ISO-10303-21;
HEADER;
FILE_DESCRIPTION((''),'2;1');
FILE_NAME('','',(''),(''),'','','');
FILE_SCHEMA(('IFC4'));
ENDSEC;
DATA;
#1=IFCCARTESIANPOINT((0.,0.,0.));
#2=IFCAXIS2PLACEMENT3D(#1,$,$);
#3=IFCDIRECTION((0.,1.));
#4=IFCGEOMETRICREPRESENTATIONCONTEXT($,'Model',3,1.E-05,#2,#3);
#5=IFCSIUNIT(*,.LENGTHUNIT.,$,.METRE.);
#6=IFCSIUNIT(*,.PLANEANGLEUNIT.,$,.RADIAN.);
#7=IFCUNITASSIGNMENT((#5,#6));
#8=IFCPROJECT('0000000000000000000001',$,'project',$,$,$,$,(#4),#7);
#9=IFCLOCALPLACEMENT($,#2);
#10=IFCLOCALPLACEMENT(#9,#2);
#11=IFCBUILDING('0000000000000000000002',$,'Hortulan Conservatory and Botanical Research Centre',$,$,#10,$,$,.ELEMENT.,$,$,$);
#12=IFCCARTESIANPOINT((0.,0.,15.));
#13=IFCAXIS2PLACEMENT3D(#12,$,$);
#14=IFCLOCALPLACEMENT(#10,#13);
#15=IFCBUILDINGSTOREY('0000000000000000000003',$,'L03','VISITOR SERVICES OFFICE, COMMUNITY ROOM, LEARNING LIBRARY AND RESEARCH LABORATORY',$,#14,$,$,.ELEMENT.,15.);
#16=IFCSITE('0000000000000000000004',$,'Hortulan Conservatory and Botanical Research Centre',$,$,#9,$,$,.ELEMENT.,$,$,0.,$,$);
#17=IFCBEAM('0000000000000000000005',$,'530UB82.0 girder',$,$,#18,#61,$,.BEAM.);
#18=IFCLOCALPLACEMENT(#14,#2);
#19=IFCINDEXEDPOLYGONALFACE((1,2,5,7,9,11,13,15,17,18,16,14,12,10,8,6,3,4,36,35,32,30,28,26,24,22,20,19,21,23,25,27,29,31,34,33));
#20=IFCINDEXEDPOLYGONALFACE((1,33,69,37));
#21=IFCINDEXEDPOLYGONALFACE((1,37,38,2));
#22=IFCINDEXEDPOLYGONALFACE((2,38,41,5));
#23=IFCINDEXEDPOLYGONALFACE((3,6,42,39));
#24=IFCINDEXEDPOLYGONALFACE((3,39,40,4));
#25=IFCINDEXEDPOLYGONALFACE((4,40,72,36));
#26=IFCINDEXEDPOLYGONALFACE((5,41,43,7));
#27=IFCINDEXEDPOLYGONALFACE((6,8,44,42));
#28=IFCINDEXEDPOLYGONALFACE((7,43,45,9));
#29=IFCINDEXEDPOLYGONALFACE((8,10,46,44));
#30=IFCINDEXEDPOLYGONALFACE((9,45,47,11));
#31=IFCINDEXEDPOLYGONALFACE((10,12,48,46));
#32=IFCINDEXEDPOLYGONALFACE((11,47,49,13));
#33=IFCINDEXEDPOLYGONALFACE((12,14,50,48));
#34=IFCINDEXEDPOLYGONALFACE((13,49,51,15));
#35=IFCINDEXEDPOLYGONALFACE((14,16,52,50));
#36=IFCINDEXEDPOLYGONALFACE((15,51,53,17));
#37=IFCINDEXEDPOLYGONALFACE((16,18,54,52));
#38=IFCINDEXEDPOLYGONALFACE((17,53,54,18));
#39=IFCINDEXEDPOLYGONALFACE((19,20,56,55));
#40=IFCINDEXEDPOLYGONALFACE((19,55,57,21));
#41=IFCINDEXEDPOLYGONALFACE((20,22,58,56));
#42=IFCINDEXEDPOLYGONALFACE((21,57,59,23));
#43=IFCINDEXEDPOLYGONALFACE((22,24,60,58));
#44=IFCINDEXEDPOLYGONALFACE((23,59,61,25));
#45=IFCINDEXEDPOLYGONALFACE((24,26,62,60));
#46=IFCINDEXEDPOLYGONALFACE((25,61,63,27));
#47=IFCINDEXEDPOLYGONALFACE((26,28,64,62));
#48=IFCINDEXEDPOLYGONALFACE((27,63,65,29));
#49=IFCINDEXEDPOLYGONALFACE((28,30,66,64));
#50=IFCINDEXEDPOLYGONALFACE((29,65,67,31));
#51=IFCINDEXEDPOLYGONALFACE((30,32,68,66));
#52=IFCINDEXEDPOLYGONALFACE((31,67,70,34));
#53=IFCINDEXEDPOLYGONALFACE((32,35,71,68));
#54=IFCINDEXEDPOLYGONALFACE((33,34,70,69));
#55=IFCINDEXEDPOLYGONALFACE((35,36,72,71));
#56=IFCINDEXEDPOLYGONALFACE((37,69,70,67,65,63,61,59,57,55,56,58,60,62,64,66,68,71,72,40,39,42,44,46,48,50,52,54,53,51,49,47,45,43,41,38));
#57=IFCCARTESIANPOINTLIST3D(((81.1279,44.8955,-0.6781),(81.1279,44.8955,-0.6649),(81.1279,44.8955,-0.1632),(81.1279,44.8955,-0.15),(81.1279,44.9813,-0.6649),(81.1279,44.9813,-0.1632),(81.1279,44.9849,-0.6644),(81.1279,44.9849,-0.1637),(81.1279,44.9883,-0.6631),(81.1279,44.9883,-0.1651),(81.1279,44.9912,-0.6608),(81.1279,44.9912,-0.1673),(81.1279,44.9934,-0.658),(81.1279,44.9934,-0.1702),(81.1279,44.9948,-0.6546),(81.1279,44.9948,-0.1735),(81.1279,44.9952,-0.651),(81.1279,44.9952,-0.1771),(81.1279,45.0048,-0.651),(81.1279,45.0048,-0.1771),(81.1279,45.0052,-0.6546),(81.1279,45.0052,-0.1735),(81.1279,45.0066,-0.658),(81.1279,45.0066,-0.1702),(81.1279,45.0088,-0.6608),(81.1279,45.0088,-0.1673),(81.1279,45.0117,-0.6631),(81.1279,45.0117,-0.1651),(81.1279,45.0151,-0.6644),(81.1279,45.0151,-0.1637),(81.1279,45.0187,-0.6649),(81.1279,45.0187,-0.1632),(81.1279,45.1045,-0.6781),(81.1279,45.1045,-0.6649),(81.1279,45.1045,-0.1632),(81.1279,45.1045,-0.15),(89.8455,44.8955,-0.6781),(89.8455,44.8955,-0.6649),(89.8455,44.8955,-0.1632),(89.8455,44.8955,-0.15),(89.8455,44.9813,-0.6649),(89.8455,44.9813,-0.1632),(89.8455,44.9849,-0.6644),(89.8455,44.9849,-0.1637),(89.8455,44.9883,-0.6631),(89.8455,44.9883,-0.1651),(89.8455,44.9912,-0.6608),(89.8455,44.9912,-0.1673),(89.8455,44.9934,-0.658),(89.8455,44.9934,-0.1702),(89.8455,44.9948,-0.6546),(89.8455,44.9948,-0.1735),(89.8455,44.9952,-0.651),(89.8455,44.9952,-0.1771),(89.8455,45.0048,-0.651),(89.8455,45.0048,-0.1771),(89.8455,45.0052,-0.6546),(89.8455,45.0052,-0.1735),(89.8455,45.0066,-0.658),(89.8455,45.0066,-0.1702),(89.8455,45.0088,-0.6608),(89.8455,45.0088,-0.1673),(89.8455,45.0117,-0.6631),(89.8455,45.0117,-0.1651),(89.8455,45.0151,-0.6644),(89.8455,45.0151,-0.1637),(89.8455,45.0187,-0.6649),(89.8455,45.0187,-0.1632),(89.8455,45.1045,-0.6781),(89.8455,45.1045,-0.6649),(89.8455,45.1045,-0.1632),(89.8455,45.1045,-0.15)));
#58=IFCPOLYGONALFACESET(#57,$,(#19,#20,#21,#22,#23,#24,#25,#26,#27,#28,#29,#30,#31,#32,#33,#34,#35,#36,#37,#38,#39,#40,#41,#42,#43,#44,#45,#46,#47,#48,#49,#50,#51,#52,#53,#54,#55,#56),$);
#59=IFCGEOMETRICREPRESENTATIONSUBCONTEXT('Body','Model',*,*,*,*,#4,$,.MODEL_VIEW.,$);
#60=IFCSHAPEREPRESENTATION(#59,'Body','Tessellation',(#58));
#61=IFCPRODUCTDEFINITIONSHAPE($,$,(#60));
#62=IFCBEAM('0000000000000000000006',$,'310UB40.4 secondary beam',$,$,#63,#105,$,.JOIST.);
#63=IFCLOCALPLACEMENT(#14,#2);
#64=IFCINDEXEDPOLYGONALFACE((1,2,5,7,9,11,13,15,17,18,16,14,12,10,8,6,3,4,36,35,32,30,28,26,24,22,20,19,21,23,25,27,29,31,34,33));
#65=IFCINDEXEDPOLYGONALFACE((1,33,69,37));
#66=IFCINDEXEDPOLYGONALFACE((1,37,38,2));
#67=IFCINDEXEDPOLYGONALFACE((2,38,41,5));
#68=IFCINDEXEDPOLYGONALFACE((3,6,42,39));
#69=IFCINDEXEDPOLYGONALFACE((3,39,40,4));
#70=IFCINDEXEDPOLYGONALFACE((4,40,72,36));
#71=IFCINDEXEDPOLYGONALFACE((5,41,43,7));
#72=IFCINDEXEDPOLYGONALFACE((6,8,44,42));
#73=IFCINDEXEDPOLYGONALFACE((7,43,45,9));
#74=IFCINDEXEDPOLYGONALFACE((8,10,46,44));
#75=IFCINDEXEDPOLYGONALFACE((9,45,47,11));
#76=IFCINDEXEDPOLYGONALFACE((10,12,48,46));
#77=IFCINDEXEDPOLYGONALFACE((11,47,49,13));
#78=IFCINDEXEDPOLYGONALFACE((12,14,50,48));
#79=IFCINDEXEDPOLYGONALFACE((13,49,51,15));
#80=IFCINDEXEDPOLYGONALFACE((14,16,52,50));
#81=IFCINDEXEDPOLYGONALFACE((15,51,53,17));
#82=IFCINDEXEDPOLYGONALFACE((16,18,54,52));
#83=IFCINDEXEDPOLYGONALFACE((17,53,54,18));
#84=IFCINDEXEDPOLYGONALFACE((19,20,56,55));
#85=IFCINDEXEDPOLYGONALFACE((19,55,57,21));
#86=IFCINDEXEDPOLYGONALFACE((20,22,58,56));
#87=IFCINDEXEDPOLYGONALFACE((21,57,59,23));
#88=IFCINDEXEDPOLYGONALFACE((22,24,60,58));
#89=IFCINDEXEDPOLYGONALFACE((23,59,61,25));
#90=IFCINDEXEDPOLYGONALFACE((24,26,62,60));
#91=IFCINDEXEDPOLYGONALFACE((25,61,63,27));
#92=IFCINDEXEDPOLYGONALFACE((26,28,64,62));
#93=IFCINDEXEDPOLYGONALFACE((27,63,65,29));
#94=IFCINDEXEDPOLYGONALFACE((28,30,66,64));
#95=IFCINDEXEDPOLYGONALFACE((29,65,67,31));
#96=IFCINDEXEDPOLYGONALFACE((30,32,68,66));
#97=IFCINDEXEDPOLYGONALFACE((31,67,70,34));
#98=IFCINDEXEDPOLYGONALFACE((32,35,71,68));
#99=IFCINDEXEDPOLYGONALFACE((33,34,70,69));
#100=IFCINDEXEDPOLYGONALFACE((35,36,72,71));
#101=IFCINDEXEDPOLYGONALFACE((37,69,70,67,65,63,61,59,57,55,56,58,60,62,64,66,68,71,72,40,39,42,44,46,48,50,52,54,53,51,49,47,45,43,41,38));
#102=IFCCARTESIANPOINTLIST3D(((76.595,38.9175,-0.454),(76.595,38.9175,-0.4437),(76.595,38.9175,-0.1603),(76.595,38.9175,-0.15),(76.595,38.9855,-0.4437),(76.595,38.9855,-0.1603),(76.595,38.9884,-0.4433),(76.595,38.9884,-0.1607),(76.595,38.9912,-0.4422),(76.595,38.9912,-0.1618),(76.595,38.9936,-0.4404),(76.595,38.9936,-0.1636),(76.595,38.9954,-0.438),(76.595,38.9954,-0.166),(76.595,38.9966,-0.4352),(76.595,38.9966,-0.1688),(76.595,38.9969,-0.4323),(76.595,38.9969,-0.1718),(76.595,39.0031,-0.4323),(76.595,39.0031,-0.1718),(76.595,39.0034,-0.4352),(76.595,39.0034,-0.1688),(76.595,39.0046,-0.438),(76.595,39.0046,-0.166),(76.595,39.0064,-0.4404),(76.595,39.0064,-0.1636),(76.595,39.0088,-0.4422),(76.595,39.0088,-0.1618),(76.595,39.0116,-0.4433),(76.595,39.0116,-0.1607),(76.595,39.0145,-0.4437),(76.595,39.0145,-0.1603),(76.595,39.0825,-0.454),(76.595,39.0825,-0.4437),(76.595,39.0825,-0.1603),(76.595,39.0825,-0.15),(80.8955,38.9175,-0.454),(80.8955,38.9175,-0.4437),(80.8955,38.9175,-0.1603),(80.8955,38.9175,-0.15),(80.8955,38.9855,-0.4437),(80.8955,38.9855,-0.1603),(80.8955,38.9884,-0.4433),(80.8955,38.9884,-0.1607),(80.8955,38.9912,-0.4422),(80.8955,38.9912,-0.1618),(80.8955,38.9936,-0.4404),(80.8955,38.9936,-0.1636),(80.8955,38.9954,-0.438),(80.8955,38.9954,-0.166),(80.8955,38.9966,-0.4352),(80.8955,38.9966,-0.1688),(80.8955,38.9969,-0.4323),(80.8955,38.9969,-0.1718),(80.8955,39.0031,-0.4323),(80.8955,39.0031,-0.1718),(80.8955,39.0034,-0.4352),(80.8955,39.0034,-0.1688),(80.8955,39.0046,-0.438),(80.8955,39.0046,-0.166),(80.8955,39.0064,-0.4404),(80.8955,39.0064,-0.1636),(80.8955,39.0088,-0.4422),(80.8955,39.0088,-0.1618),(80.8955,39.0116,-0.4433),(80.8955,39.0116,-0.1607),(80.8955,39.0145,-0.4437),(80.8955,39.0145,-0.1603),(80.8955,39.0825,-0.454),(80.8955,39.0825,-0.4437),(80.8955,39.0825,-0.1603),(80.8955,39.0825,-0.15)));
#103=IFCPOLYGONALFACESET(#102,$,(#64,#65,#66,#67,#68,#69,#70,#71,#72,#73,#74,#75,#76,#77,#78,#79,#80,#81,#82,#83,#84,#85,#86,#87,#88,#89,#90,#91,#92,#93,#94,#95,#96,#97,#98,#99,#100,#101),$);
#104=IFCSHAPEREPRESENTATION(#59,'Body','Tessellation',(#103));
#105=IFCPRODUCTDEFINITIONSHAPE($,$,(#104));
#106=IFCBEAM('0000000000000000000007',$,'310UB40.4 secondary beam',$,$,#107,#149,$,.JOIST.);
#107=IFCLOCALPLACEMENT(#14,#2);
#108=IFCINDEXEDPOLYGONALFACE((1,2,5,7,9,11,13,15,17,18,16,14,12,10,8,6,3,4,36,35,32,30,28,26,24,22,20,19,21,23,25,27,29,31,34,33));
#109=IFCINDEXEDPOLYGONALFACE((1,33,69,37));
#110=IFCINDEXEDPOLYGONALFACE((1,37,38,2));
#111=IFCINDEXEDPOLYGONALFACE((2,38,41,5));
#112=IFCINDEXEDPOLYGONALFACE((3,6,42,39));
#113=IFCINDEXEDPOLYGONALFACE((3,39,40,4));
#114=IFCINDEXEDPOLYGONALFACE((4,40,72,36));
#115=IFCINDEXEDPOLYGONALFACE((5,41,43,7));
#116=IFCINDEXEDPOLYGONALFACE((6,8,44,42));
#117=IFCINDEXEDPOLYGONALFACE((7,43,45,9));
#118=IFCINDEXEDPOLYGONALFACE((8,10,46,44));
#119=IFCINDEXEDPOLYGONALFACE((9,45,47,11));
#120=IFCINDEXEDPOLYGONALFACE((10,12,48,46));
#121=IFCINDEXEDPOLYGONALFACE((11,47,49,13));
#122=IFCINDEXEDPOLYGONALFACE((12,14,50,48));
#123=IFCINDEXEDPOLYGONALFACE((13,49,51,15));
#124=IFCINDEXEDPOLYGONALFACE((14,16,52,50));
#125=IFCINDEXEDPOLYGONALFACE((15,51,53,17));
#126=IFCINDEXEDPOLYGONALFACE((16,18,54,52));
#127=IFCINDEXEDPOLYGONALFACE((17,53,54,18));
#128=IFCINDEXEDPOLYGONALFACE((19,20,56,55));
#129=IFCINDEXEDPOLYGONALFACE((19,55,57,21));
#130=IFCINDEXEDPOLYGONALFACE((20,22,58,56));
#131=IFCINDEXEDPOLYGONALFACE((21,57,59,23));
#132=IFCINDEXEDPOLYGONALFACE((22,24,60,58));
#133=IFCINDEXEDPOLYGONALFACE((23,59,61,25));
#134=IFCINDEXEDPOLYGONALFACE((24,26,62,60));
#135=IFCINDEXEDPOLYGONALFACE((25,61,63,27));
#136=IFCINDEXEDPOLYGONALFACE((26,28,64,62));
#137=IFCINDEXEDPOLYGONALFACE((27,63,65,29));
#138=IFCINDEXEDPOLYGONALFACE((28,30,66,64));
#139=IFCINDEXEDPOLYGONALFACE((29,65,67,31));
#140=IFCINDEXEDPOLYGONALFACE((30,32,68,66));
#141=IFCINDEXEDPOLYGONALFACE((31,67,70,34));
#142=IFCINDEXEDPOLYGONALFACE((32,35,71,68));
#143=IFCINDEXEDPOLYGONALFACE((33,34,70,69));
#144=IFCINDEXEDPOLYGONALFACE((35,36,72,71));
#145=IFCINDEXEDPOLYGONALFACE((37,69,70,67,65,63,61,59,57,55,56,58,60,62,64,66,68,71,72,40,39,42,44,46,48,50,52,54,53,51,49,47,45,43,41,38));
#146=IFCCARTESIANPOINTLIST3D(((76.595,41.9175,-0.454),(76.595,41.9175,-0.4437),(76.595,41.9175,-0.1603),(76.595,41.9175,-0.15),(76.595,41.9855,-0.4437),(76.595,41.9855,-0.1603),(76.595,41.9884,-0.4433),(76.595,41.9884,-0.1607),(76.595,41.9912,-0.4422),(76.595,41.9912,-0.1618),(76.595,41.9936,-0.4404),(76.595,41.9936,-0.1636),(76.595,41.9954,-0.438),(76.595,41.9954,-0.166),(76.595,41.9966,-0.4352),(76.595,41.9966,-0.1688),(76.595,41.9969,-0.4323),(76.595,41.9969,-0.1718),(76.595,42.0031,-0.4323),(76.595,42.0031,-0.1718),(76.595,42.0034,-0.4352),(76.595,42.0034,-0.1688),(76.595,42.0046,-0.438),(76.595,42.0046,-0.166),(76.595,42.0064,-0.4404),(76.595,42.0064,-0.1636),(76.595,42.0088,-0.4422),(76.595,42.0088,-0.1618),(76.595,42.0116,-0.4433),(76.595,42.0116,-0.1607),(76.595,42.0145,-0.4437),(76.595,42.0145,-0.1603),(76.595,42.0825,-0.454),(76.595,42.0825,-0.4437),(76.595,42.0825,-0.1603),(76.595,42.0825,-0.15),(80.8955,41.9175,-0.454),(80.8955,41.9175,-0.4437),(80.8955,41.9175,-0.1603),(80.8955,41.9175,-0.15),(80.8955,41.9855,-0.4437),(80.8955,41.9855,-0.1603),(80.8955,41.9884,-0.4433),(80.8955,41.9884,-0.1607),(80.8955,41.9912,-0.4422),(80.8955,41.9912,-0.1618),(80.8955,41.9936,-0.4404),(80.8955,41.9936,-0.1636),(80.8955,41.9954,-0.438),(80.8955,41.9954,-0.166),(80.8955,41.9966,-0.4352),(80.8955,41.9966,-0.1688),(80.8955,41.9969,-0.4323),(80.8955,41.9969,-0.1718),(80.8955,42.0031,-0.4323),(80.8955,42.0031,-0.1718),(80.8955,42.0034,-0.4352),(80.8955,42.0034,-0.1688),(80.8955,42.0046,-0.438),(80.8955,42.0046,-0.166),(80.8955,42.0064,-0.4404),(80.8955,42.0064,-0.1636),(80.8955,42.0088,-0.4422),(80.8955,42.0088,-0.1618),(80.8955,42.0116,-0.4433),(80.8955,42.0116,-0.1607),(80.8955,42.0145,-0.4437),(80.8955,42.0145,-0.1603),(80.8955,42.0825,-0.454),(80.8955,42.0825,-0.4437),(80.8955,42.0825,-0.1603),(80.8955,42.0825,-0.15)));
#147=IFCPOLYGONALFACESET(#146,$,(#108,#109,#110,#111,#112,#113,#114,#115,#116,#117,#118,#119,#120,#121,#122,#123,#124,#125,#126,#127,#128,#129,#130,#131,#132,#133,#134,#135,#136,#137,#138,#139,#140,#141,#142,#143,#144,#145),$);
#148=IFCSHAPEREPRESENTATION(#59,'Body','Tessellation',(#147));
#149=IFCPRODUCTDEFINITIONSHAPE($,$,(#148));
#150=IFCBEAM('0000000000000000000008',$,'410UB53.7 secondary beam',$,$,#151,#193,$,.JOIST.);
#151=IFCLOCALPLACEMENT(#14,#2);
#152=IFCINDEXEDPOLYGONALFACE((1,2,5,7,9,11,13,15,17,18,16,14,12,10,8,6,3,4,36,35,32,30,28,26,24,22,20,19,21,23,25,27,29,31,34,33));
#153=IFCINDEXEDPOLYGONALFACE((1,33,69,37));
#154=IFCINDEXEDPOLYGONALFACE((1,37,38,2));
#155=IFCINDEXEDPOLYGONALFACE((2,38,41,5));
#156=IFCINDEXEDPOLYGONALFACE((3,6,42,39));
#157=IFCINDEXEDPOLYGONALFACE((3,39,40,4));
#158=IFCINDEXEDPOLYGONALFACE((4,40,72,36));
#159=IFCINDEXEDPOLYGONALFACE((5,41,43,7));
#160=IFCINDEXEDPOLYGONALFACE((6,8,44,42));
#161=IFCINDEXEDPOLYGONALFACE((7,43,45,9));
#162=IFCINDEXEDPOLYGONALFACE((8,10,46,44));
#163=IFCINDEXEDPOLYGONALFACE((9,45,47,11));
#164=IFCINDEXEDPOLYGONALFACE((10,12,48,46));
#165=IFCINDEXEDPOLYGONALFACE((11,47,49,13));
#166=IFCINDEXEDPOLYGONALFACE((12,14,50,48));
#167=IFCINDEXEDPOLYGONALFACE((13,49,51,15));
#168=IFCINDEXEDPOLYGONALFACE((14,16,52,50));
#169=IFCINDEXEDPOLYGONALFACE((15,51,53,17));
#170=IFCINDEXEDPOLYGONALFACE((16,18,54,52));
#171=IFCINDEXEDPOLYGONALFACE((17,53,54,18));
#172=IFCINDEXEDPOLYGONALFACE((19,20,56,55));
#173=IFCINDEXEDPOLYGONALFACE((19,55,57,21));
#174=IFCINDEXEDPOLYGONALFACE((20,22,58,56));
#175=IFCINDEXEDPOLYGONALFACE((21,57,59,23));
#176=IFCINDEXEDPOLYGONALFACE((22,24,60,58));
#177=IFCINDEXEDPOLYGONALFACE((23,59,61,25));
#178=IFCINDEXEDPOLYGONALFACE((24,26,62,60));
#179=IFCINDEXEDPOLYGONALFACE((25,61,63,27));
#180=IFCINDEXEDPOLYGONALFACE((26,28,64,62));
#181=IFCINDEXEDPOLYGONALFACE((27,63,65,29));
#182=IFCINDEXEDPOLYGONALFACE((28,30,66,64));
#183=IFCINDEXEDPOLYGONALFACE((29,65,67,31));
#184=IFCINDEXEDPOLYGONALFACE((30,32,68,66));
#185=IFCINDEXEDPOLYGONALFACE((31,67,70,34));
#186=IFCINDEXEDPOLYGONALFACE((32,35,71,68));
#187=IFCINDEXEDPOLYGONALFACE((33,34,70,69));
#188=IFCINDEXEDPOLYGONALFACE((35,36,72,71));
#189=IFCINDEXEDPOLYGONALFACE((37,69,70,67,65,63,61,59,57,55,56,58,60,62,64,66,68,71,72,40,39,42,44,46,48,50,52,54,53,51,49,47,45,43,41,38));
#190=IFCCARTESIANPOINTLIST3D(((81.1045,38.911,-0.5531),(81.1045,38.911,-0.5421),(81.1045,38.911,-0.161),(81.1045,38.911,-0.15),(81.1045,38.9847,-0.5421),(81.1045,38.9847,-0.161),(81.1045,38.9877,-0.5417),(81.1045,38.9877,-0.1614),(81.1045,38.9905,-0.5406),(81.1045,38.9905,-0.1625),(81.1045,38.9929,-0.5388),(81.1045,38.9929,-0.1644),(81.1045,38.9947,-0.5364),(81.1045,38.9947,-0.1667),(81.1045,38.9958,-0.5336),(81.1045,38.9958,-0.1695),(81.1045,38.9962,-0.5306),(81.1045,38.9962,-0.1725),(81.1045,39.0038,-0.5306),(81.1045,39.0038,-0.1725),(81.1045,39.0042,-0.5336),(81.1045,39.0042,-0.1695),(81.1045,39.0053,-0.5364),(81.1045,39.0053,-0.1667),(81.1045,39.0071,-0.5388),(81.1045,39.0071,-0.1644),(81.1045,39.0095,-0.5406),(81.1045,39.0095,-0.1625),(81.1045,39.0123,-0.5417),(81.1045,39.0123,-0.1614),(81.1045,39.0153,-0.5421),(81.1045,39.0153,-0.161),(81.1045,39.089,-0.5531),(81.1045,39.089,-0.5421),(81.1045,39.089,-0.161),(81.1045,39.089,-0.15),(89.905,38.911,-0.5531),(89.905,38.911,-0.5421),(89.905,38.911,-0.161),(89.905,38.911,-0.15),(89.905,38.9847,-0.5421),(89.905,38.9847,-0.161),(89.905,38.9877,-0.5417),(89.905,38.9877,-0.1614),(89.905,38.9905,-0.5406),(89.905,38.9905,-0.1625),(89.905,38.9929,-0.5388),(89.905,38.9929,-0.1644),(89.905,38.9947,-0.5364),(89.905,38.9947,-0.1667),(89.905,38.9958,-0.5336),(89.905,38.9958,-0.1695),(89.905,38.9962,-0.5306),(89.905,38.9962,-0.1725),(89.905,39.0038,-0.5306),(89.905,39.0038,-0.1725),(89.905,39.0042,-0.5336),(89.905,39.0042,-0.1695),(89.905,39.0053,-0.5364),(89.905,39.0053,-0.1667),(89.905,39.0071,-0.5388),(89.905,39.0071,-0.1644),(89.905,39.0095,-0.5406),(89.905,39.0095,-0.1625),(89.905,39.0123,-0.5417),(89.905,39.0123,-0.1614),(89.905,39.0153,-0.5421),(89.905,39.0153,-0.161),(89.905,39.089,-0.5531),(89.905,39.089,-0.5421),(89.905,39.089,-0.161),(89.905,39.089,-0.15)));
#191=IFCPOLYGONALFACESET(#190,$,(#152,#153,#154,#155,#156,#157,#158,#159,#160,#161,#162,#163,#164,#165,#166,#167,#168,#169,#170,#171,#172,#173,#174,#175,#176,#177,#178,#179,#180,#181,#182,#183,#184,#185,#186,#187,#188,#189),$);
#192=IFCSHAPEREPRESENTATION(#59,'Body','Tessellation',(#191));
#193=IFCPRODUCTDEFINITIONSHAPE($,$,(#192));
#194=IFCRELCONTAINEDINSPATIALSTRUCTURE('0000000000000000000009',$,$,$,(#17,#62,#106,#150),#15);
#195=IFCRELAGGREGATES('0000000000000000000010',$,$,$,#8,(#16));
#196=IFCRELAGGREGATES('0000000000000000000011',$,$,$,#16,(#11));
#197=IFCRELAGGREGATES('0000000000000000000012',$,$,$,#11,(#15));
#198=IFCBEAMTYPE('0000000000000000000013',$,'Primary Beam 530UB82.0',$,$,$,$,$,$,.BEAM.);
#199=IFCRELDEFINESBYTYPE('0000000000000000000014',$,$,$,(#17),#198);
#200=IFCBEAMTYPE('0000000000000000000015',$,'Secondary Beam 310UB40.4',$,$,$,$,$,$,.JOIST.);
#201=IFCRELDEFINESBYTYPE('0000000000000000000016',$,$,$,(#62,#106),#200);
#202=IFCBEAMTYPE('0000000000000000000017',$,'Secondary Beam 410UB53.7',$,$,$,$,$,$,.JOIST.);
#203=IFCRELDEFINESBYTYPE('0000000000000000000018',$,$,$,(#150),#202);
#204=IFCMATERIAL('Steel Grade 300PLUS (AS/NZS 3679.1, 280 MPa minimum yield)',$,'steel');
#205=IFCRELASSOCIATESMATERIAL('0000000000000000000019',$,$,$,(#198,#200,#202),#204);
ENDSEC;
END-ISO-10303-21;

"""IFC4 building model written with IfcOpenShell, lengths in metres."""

from ifc_helpers import new_model, si_unit, direction, frame, origin, origin_2d, place, context, subcontext, project, spatial, i_section, extrude, material, material_profile, profile_set, type_object, element, save


model = new_model("IFC4")

# Units and contexts
model_context = context("Model", 3, precision=1e-05, world=origin(), true_north=direction((0.0, 1.0)))
body_context = subcontext(model_context, "Body", "Model", "MODEL_VIEW")
ifc_project = project(units=[si_unit("LENGTHUNIT", "METRE"), si_unit("PLANEANGLEUNIT", "RADIAN")], contexts=[model_context])

# Site, building, storey
site_placement = place(None, origin())
site = spatial("IfcSite", under=ifc_project, at=site_placement, Name="Hortulan Conservatory and Botanical Research Centre", CompositionType="ELEMENT", RefElevation=0.0)
building_placement = place(site_placement, origin())
building = spatial("IfcBuilding", under=site, at=building_placement, Name="Hortulan Conservatory and Botanical Research Centre", CompositionType="ELEMENT")
storey_placement = place(building_placement, frame((0.0, 0.0, 15.0)))
storey = spatial("IfcBuildingStorey", under=building, at=storey_placement, Name="L03", Description="VISITOR SERVICES OFFICE, COMMUNITY ROOM, LEARNING LIBRARY AND RESEARCH LABORATORY", CompositionType="ELEMENT", Elevation=15.0)

# Shared definitions
ifc_material_1 = material(Name="Steel Grade 300PLUS (AS/NZS 3679.1, 280 MPa minimum yield)", Category="steel")

# Beams
ifc_material_profile_1 = material_profile(ifc_material_1, i_section(OverallWidth=0.209, OverallDepth=0.5281, WebThickness=0.0095, FlangeThickness=0.0132, FilletRadius=0.0139, at=origin_2d()), Name="530UB82.0")
ifc_profile_set_1 = profile_set([ifc_material_profile_1], Name="Steel Grade 300PLUS (AS/NZS 3679.1, 280 MPa minimum yield)")
beam_type_1 = type_object("IfcBeamType", Name="Primary Beam 530UB82.0", PredefinedType="BEAM", material=ifc_profile_set_1)
beam_1_placement = place(storey_placement, frame((81.1279, 45.0, -0.4141), z_axis=(1.0, 0.0, 0.0), x_axis=(0.0, 1.0, 0.0)))
element("IfcBeam", 1, at=beam_1_placement, inside=storey, type_object=beam_type_1, Name="530UB82.0 girder", PredefinedType="BEAM", context=body_context, shape_type="SweptSolid", body=[
    extrude(i_section(OverallWidth=0.209, OverallDepth=0.5281, WebThickness=0.0095, FlangeThickness=0.0132, FilletRadius=0.0139, at=origin_2d()), origin(), (0.0, 0.0, 1.0), 8.7175),
])
ifc_material_profile_2 = material_profile(ifc_material_1, i_section(OverallWidth=0.165, OverallDepth=0.304, WebThickness=0.0061, FlangeThickness=0.0103, FilletRadius=0.0115, at=origin_2d()), Name="310UB40.4")
ifc_profile_set_2 = profile_set([ifc_material_profile_2], Name="Steel Grade 300PLUS (AS/NZS 3679.1, 280 MPa minimum yield)")
beam_type_2 = type_object("IfcBeamType", Name="Secondary Beam 310UB40.4", PredefinedType="JOIST", material=ifc_profile_set_2)
for number, where, z_axis, x_axis, name in (
    (2, (76.595, 39.0, -0.302), (1.0, 0.0, 0.0), (0.0, 1.0, 0.0), "310UB40.4 secondary beam"),
    (3, (76.595, 42.0, -0.302), (1.0, 0.0, 0.0), (0.0, 1.0, 0.0), "310UB40.4 secondary beam"),
):
    element("IfcBeam", number, at=place(storey_placement, frame(where, z_axis=z_axis, x_axis=x_axis)), inside=storey, type_object=beam_type_2, Name=name, PredefinedType="JOIST", context=body_context, shape_type="SweptSolid", body=[
        extrude(i_section(OverallWidth=0.165, OverallDepth=0.304, WebThickness=0.0061, FlangeThickness=0.0103, FilletRadius=0.0115, at=origin_2d()), origin(), (0.0, 0.0, 1.0), 4.3005),
    ])
ifc_material_profile_3 = material_profile(ifc_material_1, i_section(OverallWidth=0.178, OverallDepth=0.4031, WebThickness=0.0076, FlangeThickness=0.011, FilletRadius=0.0115, at=origin_2d()), Name="410UB53.7")
ifc_profile_set_3 = profile_set([ifc_material_profile_3], Name="Steel Grade 300PLUS (AS/NZS 3679.1, 280 MPa minimum yield)")
beam_type_3 = type_object("IfcBeamType", Name="Secondary Beam 410UB53.7", PredefinedType="JOIST", material=ifc_profile_set_3)
for number, where, z_axis, x_axis, name in (
    (4, (81.1045, 39.0, -0.3516), (1.0, 0.0, 0.0), (0.0, 1.0, 0.0), "410UB53.7 secondary beam"),
):
    element("IfcBeam", number, at=place(storey_placement, frame(where, z_axis=z_axis, x_axis=x_axis)), inside=storey, type_object=beam_type_3, Name=name, PredefinedType="JOIST", context=body_context, shape_type="SweptSolid", body=[
        extrude(i_section(OverallWidth=0.178, OverallDepth=0.4031, WebThickness=0.0076, FlangeThickness=0.011, FilletRadius=0.0115, at=origin_2d()), origin(), (0.0, 0.0, 1.0), 8.8005),
    ])

save(model, "model.ifc")
